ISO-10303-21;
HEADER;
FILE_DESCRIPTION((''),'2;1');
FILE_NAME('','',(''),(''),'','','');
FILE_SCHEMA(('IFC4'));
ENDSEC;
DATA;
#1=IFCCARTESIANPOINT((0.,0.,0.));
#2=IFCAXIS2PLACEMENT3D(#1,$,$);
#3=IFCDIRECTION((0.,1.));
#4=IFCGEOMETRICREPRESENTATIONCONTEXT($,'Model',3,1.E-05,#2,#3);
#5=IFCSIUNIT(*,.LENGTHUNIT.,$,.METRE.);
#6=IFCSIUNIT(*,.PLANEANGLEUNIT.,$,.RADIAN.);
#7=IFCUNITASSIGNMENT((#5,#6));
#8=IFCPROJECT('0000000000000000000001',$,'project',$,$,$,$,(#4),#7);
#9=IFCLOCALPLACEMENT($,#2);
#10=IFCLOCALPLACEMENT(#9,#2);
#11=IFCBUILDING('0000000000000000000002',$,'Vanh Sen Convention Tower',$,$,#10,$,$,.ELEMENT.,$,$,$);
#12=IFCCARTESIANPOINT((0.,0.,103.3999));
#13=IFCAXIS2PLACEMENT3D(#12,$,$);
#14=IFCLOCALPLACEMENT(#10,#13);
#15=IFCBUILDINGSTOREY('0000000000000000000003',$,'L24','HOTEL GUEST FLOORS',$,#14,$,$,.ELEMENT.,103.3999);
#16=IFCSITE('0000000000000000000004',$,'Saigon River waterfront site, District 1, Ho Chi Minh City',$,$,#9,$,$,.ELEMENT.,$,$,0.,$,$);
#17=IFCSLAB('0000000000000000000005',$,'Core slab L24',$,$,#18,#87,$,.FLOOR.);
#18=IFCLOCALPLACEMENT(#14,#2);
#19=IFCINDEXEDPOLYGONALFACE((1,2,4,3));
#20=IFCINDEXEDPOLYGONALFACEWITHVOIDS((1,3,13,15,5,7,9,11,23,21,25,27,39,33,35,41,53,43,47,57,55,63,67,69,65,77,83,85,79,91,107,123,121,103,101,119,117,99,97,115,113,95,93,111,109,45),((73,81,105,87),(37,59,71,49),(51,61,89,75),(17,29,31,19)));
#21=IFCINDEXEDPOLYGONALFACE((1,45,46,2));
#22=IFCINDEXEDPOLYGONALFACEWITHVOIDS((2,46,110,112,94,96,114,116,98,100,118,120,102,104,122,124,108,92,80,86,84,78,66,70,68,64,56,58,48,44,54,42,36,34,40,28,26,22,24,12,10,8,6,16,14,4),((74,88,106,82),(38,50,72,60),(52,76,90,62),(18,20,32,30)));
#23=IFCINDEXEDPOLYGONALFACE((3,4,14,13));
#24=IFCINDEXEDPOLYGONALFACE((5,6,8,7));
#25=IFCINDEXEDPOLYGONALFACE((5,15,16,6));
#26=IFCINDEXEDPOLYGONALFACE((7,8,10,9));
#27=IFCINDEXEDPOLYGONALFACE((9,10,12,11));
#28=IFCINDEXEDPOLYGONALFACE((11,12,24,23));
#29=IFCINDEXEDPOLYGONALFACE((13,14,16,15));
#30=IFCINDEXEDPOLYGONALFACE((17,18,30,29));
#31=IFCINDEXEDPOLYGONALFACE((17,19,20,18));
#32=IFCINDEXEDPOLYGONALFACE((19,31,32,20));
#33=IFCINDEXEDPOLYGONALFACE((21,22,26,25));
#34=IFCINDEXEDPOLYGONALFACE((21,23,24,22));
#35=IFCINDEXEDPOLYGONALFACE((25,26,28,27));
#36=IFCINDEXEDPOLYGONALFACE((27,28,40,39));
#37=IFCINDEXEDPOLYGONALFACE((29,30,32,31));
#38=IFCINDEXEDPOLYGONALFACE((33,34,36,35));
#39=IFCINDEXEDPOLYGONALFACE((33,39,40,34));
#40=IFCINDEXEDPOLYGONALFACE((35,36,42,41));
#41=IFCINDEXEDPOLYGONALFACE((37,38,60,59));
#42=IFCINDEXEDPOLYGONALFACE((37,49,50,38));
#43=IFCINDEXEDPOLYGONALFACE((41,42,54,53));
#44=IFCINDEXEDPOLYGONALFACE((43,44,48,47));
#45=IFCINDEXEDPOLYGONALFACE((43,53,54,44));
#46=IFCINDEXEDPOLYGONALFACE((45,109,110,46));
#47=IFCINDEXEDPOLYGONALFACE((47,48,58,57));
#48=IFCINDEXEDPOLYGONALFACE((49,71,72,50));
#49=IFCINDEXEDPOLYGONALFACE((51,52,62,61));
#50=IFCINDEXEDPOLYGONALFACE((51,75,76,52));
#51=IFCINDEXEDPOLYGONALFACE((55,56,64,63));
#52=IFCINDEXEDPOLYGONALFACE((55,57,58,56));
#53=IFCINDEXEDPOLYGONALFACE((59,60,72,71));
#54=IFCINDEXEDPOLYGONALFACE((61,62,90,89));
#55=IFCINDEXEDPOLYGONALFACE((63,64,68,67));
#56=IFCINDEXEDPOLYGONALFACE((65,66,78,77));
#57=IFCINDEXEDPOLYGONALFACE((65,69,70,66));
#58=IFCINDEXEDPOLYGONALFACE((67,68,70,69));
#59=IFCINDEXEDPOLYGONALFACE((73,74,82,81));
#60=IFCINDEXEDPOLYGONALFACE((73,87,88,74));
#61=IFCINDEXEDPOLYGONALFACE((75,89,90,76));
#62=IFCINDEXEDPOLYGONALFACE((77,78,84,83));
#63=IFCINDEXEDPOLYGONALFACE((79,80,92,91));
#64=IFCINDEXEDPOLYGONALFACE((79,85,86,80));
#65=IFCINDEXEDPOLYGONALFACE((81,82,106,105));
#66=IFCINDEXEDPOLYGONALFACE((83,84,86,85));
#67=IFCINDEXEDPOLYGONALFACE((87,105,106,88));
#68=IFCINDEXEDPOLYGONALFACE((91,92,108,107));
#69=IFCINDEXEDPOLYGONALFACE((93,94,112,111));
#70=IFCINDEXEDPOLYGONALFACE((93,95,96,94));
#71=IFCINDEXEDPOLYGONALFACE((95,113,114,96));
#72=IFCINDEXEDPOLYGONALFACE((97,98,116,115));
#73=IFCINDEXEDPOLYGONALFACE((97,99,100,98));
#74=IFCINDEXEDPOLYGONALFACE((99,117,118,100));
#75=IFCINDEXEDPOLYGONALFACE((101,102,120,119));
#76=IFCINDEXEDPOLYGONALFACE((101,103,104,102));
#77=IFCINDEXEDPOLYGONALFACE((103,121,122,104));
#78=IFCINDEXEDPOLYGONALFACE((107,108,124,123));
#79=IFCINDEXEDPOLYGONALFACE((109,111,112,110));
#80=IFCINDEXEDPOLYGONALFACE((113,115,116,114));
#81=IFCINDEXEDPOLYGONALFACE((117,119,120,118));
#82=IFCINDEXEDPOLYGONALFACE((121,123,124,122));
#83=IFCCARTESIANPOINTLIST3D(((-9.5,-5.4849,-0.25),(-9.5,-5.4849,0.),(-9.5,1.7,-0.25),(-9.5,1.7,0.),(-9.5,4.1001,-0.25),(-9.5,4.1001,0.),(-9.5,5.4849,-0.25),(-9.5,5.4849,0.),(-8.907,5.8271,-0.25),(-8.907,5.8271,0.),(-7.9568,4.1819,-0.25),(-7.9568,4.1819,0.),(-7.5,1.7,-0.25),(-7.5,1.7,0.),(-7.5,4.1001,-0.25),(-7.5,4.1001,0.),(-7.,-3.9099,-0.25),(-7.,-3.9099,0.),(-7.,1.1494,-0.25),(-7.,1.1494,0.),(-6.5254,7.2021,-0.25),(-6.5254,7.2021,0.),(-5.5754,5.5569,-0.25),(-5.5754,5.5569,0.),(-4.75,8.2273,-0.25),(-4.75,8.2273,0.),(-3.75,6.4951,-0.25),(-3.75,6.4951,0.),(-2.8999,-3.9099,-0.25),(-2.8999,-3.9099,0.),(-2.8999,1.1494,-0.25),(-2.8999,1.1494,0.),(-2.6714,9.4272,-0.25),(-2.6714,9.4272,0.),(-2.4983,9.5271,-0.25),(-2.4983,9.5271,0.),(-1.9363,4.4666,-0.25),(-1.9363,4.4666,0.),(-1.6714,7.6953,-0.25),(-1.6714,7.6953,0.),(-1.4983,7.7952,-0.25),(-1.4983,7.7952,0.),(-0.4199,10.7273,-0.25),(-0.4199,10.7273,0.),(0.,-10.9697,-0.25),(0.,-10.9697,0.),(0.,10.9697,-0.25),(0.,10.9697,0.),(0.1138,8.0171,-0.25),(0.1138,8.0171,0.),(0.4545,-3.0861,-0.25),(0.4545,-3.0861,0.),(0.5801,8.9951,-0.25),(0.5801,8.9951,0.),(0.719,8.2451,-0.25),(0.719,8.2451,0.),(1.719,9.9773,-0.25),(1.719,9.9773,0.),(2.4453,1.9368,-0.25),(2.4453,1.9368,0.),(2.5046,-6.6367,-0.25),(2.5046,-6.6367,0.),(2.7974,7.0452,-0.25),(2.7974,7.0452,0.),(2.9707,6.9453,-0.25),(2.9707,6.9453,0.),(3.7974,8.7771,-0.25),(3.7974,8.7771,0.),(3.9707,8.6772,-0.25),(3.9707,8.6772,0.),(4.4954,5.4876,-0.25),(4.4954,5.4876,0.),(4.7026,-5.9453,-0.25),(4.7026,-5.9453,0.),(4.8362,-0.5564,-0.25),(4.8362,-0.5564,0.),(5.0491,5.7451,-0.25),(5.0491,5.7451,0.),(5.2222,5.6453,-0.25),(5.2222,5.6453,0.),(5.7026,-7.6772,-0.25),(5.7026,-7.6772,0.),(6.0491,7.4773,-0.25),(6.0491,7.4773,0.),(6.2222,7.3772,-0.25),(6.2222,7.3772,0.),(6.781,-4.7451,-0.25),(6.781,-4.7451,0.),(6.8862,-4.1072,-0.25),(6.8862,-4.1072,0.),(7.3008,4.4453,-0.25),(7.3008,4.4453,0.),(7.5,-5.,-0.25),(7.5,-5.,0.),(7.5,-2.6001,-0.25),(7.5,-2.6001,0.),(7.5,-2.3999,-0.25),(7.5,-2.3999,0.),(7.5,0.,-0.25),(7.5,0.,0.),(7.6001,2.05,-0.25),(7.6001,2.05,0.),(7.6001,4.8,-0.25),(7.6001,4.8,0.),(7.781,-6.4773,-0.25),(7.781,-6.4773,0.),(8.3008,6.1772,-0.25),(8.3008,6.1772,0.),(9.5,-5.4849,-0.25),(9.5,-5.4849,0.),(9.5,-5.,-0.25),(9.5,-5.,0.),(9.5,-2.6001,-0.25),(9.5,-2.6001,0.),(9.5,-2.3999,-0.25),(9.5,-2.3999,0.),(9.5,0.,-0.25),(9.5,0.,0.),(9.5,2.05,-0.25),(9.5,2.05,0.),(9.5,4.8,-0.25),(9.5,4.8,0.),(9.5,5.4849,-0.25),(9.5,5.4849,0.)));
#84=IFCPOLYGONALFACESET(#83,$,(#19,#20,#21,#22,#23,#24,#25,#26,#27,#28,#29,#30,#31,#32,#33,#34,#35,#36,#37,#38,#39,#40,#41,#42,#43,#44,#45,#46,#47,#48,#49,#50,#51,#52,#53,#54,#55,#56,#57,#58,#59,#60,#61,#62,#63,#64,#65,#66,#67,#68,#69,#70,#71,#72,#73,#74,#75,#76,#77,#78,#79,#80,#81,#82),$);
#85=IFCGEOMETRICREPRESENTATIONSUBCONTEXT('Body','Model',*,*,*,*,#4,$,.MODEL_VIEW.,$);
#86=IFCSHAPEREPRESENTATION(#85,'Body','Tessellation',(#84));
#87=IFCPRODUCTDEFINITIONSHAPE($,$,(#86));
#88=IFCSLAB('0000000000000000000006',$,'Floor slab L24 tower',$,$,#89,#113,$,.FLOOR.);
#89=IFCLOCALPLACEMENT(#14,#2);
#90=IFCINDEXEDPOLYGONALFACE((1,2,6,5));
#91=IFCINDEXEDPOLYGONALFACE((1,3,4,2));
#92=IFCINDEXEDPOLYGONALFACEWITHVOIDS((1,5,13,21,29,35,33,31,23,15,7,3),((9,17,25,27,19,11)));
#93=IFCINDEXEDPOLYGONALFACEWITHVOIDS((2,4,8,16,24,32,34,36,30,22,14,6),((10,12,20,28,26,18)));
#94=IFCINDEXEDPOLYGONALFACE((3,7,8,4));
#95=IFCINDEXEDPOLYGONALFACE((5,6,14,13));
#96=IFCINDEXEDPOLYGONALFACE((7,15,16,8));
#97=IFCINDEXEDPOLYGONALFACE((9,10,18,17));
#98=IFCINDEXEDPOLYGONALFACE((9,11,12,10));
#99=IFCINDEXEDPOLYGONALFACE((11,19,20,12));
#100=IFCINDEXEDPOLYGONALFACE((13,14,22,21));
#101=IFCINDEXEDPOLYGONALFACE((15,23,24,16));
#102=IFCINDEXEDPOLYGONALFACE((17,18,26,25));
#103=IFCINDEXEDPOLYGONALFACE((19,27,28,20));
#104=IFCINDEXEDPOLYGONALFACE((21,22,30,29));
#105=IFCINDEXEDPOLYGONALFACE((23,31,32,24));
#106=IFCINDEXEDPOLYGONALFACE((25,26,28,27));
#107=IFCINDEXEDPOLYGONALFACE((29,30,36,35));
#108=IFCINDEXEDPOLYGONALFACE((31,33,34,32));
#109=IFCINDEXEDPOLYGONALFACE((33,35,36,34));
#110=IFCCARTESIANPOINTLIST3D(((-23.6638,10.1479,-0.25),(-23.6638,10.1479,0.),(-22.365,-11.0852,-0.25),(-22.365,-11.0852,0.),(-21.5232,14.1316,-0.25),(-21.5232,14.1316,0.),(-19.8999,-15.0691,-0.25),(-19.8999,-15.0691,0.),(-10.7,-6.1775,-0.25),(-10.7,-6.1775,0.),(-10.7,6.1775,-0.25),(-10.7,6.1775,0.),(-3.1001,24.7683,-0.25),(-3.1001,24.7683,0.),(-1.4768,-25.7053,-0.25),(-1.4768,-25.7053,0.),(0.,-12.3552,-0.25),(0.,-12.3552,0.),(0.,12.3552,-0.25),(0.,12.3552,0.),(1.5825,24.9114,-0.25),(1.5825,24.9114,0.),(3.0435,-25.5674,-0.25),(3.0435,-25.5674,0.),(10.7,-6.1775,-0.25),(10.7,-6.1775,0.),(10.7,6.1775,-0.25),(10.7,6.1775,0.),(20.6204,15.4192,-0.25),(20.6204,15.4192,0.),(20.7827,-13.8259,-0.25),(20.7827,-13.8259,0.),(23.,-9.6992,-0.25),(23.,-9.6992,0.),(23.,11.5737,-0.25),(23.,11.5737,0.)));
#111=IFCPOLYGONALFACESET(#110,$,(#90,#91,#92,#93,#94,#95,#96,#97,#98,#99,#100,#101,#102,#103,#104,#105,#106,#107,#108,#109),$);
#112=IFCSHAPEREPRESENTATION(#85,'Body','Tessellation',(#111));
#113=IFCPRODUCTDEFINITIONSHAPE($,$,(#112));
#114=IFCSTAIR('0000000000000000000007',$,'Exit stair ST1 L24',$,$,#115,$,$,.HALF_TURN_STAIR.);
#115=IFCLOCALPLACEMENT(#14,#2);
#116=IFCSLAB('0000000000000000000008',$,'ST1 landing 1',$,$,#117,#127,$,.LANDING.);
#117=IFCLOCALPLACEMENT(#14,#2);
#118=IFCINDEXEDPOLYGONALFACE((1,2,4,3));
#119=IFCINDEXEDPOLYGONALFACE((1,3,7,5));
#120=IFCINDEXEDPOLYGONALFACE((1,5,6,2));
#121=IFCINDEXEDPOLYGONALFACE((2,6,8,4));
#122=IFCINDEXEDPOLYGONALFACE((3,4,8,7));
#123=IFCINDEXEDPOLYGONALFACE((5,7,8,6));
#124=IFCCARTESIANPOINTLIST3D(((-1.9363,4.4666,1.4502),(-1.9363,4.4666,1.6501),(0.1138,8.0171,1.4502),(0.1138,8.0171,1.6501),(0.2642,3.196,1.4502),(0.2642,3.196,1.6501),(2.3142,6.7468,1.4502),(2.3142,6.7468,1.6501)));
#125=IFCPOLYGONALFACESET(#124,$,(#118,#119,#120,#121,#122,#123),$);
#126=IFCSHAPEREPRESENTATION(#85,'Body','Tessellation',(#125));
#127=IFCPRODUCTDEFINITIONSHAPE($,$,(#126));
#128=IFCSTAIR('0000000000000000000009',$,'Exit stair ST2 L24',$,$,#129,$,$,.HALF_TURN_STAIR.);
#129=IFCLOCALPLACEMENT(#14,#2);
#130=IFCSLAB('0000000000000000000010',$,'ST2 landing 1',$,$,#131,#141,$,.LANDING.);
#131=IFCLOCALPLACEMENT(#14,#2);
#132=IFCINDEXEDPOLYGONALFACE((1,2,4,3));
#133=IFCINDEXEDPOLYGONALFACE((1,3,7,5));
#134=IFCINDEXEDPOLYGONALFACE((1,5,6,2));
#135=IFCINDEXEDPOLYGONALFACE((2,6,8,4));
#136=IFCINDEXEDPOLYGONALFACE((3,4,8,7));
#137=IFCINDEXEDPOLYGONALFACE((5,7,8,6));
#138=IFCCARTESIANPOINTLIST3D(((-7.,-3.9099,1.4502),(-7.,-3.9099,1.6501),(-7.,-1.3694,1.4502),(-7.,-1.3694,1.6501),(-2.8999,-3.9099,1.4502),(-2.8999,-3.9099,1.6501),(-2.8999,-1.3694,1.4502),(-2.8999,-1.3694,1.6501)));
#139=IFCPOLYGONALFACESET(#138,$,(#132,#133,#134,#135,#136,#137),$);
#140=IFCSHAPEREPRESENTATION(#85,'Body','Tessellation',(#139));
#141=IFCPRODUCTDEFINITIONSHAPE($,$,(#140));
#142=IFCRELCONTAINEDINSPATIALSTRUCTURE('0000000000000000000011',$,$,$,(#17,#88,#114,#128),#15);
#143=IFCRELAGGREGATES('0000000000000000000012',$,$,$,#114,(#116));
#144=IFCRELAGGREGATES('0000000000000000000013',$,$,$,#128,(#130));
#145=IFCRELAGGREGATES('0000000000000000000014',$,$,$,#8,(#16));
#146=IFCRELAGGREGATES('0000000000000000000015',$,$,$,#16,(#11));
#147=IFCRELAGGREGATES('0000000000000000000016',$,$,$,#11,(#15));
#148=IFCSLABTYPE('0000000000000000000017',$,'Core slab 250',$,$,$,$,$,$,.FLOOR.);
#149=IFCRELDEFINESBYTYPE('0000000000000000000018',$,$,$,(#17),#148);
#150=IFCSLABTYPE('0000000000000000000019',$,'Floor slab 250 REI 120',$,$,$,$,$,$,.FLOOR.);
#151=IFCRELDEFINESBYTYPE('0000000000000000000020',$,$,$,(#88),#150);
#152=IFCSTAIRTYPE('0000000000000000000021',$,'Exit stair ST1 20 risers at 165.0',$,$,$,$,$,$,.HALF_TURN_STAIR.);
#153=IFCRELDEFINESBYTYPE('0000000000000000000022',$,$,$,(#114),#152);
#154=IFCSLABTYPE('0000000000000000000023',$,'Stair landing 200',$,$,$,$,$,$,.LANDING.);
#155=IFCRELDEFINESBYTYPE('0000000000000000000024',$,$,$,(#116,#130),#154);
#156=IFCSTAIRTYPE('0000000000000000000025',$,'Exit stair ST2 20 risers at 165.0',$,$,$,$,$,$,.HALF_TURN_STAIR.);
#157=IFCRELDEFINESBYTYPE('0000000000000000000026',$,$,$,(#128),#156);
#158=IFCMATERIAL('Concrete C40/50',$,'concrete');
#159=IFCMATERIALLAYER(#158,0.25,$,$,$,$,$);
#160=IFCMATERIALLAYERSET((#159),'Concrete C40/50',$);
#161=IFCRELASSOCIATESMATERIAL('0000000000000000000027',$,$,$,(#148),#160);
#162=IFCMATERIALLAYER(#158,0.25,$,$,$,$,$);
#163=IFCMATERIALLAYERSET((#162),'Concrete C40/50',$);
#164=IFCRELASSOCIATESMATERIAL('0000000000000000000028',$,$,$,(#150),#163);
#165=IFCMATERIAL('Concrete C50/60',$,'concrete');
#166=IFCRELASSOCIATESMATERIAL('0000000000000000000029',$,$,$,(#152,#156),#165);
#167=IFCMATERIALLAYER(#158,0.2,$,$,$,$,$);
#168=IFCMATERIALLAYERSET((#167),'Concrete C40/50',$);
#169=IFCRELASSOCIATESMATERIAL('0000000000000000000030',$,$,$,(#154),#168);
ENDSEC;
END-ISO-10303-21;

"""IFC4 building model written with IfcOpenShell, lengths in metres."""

from ifc_helpers import new_model, si_unit, direction, frame, origin, place, context, subcontext, project, spatial, polyline, outline, extrude, material, layer, layer_set, type_object, element, aggregate, save


model = new_model("IFC4")

# Units and contexts
model_context = context("Model", 3, precision=1e-05, world=origin(), true_north=direction((0.0, 1.0)))
body_context = subcontext(model_context, "Body", "Model", "MODEL_VIEW")
ifc_project = project(units=[si_unit("LENGTHUNIT", "METRE"), si_unit("PLANEANGLEUNIT", "RADIAN")], contexts=[model_context])

# Site, building, storey
site_placement = place(None, origin())
site = spatial("IfcSite", under=ifc_project, at=site_placement, Name="Saigon River waterfront site, District 1, Ho Chi Minh City", CompositionType="ELEMENT", RefElevation=0.0)
building_placement = place(site_placement, origin())
building = spatial("IfcBuilding", under=site, at=building_placement, Name="Vanh Sen Convention Tower", CompositionType="ELEMENT")
storey_placement = place(building_placement, frame((0.0, 0.0, 103.3999)))
storey = spatial("IfcBuildingStorey", under=building, at=storey_placement, Name="L24", Description="HOTEL GUEST FLOORS", CompositionType="ELEMENT", Elevation=103.3999)

# Slabs
ifc_material_1 = material(Name="Concrete C40/50", Category="concrete")
ifc_layer_1 = layer(ifc_material_1, 0.25)
ifc_layer_set_1 = layer_set([ifc_layer_1], Name="Concrete C40/50")
slab_type_1 = type_object("IfcSlabType", Name="Core slab 250", PredefinedType="FLOOR", material=ifc_layer_set_1)
slab_1_placement = place(storey_placement, frame((0.0, 0.0, -0.25)))
element("IfcSlab", 1, at=slab_1_placement, inside=storey, type_object=slab_type_1, Name="Core slab L24", PredefinedType="FLOOR", context=body_context, shape_type="SweptSolid", body=[
    extrude(outline(polyline([(9.5, 5.4849), (9.5, 4.8), (7.6001, 4.8), (7.6001, 2.05), (9.5, 2.05), (9.5, 0.0), (7.5, 0.0), (7.5, -2.3999), (9.5, -2.3999), (9.5, -2.6001), (7.5, -2.6001), (7.5, -5.0), (9.5, -5.0), (9.5, -5.4849), (0.0, -10.9697), (-9.5, -5.4849), (-9.5, 1.7), (-7.5, 1.7), (-7.5, 4.1001), (-9.5, 4.1001), (-9.5, 5.4849), (-8.907, 5.8271), (-7.9568, 4.1819), (-5.5754, 5.5569), (-6.5254, 7.2021), (-4.75, 8.2273), (-3.75, 6.4951), (-1.6714, 7.6953), (-2.6714, 9.4272), (-2.4983, 9.5271), (-1.4983, 7.7952), (0.5801, 8.9951), (-0.4199, 10.7273), (0.0, 10.9697), (1.719, 9.9773), (0.719, 8.2451), (2.7974, 7.0452), (3.7974, 8.7771), (3.9707, 8.6772), (2.9707, 6.9453), (5.0491, 5.7451), (6.0491, 7.4773), (6.2222, 7.3772), (5.2222, 5.6453), (7.3008, 4.4453), (8.3008, 6.1772), (9.5, 5.4849)]), holes=[polyline([(-7.0, 3.1499), (-7.0, -3.9099), (-2.8999, -3.9099), (-2.8999, 3.1499), (-2.8999, 1.1494), (-7.0, 1.1494), (-7.0, 3.1499)]), polyline([(4.4954, 5.4875), (6.228, 4.4873), (0.1138, 8.0171), (-1.9363, 4.4666), (2.4453, 1.9368), (4.4954, 5.4875)]), polyline([(7.781, -6.4773), (6.781, -4.7451), (4.7026, -5.9453), (5.7026, -7.6772), (7.781, -6.4773)]), polyline([(0.4546, -3.0862), (2.5046, -6.6367), (6.8862, -4.1072), (4.8362, -0.5564), (-1.2781, -4.0864), (0.4546, -3.0862)])]), origin(), (0.0, 0.0, 1.0), 0.25),
])
ifc_layer_2 = layer(ifc_material_1, 0.25)
ifc_layer_set_2 = layer_set([ifc_layer_2], Name="Concrete C40/50")
slab_type_2 = type_object("IfcSlabType", Name="Floor slab 250 REI 120", PredefinedType="FLOOR", material=ifc_layer_set_2)
slab_2_placement = place(storey_placement, frame((0.0, 0.0, -0.25)))
element("IfcSlab", 2, at=slab_2_placement, inside=storey, type_object=slab_type_2, Name="Floor slab L24 tower", PredefinedType="FLOOR", context=body_context, shape_type="SweptSolid", body=[
    extrude(outline(polyline([(23.0, -9.6992), (23.0, 11.5737), (20.6204, 15.4192), (1.5825, 24.9114), (-3.1001, 24.7683), (-21.5232, 14.1316), (-23.6638, 10.1479), (-22.365, -11.0852), (-19.8999, -15.0691), (-1.4768, -25.7053), (3.0435, -25.5674), (20.7827, -13.8259), (23.0, -9.6992)]), holes=[polyline([(0.0, 12.3552), (-10.7, 6.1775), (-10.7, -6.1775), (0.0, -12.3552), (10.7, -6.1775), (10.7, 6.1775), (0.0, 12.3552)])]), origin(), (0.0, 0.0, 1.0), 0.25),
])

# Stairs, slabs
ifc_material_2 = material(Name="Concrete C50/60", Category="concrete")
stair_type_1 = type_object("IfcStairType", Name="Exit stair ST1 20 risers at 165.0", PredefinedType="HALF_TURN_STAIR", material=ifc_material_2)
stair_1_placement = place(storey_placement, origin())
stair_1 = element("IfcStair", 3, at=stair_1_placement, inside=storey, type_object=stair_type_1, Name="Exit stair ST1 L24", PredefinedType="HALF_TURN_STAIR")
ifc_layer_3 = layer(ifc_material_1, 0.2)
ifc_layer_set_3 = layer_set([ifc_layer_3], Name="Concrete C40/50")
slab_type_3 = type_object("IfcSlabType", Name="Stair landing 200", PredefinedType="LANDING", material=ifc_layer_set_3)
slab_3_placement = place(storey_placement, frame((0.0, 0.0, 1.4502)))
slab_3 = element("IfcSlab", 4, at=slab_3_placement, type_object=slab_type_3, Name="ST1 landing 1", PredefinedType="LANDING", context=body_context, shape_type="SweptSolid", body=[
    extrude(outline(polyline([(2.3142, 6.7468), (0.1138, 8.0171), (-1.9363, 4.4666), (0.2642, 3.196), (2.3142, 6.7468)])), origin(), (0.0, 0.0, 1.0), 0.2),
])
aggregate(stair_1, [slab_3])
stair_type_2 = type_object("IfcStairType", Name="Exit stair ST2 20 risers at 165.0", PredefinedType="HALF_TURN_STAIR", material=ifc_material_2)
stair_2_placement = place(storey_placement, origin())
stair_2 = element("IfcStair", 5, at=stair_2_placement, inside=storey, type_object=stair_type_2, Name="Exit stair ST2 L24", PredefinedType="HALF_TURN_STAIR")
slab_4_placement = place(storey_placement, frame((0.0, 0.0, 1.4502)))
slab_4 = element("IfcSlab", 6, at=slab_4_placement, type_object=slab_type_3, Name="ST2 landing 1", PredefinedType="LANDING", context=body_context, shape_type="SweptSolid", body=[
    extrude(outline(polyline([(-7.0, -1.3694), (-7.0, -3.9099), (-2.8999, -3.9099), (-2.8999, -1.3694), (-7.0, -1.3694)])), origin(), (0.0, 0.0, 1.0), 0.2),
])
aggregate(stair_2, [slab_4])

save(model, "model.ifc")
